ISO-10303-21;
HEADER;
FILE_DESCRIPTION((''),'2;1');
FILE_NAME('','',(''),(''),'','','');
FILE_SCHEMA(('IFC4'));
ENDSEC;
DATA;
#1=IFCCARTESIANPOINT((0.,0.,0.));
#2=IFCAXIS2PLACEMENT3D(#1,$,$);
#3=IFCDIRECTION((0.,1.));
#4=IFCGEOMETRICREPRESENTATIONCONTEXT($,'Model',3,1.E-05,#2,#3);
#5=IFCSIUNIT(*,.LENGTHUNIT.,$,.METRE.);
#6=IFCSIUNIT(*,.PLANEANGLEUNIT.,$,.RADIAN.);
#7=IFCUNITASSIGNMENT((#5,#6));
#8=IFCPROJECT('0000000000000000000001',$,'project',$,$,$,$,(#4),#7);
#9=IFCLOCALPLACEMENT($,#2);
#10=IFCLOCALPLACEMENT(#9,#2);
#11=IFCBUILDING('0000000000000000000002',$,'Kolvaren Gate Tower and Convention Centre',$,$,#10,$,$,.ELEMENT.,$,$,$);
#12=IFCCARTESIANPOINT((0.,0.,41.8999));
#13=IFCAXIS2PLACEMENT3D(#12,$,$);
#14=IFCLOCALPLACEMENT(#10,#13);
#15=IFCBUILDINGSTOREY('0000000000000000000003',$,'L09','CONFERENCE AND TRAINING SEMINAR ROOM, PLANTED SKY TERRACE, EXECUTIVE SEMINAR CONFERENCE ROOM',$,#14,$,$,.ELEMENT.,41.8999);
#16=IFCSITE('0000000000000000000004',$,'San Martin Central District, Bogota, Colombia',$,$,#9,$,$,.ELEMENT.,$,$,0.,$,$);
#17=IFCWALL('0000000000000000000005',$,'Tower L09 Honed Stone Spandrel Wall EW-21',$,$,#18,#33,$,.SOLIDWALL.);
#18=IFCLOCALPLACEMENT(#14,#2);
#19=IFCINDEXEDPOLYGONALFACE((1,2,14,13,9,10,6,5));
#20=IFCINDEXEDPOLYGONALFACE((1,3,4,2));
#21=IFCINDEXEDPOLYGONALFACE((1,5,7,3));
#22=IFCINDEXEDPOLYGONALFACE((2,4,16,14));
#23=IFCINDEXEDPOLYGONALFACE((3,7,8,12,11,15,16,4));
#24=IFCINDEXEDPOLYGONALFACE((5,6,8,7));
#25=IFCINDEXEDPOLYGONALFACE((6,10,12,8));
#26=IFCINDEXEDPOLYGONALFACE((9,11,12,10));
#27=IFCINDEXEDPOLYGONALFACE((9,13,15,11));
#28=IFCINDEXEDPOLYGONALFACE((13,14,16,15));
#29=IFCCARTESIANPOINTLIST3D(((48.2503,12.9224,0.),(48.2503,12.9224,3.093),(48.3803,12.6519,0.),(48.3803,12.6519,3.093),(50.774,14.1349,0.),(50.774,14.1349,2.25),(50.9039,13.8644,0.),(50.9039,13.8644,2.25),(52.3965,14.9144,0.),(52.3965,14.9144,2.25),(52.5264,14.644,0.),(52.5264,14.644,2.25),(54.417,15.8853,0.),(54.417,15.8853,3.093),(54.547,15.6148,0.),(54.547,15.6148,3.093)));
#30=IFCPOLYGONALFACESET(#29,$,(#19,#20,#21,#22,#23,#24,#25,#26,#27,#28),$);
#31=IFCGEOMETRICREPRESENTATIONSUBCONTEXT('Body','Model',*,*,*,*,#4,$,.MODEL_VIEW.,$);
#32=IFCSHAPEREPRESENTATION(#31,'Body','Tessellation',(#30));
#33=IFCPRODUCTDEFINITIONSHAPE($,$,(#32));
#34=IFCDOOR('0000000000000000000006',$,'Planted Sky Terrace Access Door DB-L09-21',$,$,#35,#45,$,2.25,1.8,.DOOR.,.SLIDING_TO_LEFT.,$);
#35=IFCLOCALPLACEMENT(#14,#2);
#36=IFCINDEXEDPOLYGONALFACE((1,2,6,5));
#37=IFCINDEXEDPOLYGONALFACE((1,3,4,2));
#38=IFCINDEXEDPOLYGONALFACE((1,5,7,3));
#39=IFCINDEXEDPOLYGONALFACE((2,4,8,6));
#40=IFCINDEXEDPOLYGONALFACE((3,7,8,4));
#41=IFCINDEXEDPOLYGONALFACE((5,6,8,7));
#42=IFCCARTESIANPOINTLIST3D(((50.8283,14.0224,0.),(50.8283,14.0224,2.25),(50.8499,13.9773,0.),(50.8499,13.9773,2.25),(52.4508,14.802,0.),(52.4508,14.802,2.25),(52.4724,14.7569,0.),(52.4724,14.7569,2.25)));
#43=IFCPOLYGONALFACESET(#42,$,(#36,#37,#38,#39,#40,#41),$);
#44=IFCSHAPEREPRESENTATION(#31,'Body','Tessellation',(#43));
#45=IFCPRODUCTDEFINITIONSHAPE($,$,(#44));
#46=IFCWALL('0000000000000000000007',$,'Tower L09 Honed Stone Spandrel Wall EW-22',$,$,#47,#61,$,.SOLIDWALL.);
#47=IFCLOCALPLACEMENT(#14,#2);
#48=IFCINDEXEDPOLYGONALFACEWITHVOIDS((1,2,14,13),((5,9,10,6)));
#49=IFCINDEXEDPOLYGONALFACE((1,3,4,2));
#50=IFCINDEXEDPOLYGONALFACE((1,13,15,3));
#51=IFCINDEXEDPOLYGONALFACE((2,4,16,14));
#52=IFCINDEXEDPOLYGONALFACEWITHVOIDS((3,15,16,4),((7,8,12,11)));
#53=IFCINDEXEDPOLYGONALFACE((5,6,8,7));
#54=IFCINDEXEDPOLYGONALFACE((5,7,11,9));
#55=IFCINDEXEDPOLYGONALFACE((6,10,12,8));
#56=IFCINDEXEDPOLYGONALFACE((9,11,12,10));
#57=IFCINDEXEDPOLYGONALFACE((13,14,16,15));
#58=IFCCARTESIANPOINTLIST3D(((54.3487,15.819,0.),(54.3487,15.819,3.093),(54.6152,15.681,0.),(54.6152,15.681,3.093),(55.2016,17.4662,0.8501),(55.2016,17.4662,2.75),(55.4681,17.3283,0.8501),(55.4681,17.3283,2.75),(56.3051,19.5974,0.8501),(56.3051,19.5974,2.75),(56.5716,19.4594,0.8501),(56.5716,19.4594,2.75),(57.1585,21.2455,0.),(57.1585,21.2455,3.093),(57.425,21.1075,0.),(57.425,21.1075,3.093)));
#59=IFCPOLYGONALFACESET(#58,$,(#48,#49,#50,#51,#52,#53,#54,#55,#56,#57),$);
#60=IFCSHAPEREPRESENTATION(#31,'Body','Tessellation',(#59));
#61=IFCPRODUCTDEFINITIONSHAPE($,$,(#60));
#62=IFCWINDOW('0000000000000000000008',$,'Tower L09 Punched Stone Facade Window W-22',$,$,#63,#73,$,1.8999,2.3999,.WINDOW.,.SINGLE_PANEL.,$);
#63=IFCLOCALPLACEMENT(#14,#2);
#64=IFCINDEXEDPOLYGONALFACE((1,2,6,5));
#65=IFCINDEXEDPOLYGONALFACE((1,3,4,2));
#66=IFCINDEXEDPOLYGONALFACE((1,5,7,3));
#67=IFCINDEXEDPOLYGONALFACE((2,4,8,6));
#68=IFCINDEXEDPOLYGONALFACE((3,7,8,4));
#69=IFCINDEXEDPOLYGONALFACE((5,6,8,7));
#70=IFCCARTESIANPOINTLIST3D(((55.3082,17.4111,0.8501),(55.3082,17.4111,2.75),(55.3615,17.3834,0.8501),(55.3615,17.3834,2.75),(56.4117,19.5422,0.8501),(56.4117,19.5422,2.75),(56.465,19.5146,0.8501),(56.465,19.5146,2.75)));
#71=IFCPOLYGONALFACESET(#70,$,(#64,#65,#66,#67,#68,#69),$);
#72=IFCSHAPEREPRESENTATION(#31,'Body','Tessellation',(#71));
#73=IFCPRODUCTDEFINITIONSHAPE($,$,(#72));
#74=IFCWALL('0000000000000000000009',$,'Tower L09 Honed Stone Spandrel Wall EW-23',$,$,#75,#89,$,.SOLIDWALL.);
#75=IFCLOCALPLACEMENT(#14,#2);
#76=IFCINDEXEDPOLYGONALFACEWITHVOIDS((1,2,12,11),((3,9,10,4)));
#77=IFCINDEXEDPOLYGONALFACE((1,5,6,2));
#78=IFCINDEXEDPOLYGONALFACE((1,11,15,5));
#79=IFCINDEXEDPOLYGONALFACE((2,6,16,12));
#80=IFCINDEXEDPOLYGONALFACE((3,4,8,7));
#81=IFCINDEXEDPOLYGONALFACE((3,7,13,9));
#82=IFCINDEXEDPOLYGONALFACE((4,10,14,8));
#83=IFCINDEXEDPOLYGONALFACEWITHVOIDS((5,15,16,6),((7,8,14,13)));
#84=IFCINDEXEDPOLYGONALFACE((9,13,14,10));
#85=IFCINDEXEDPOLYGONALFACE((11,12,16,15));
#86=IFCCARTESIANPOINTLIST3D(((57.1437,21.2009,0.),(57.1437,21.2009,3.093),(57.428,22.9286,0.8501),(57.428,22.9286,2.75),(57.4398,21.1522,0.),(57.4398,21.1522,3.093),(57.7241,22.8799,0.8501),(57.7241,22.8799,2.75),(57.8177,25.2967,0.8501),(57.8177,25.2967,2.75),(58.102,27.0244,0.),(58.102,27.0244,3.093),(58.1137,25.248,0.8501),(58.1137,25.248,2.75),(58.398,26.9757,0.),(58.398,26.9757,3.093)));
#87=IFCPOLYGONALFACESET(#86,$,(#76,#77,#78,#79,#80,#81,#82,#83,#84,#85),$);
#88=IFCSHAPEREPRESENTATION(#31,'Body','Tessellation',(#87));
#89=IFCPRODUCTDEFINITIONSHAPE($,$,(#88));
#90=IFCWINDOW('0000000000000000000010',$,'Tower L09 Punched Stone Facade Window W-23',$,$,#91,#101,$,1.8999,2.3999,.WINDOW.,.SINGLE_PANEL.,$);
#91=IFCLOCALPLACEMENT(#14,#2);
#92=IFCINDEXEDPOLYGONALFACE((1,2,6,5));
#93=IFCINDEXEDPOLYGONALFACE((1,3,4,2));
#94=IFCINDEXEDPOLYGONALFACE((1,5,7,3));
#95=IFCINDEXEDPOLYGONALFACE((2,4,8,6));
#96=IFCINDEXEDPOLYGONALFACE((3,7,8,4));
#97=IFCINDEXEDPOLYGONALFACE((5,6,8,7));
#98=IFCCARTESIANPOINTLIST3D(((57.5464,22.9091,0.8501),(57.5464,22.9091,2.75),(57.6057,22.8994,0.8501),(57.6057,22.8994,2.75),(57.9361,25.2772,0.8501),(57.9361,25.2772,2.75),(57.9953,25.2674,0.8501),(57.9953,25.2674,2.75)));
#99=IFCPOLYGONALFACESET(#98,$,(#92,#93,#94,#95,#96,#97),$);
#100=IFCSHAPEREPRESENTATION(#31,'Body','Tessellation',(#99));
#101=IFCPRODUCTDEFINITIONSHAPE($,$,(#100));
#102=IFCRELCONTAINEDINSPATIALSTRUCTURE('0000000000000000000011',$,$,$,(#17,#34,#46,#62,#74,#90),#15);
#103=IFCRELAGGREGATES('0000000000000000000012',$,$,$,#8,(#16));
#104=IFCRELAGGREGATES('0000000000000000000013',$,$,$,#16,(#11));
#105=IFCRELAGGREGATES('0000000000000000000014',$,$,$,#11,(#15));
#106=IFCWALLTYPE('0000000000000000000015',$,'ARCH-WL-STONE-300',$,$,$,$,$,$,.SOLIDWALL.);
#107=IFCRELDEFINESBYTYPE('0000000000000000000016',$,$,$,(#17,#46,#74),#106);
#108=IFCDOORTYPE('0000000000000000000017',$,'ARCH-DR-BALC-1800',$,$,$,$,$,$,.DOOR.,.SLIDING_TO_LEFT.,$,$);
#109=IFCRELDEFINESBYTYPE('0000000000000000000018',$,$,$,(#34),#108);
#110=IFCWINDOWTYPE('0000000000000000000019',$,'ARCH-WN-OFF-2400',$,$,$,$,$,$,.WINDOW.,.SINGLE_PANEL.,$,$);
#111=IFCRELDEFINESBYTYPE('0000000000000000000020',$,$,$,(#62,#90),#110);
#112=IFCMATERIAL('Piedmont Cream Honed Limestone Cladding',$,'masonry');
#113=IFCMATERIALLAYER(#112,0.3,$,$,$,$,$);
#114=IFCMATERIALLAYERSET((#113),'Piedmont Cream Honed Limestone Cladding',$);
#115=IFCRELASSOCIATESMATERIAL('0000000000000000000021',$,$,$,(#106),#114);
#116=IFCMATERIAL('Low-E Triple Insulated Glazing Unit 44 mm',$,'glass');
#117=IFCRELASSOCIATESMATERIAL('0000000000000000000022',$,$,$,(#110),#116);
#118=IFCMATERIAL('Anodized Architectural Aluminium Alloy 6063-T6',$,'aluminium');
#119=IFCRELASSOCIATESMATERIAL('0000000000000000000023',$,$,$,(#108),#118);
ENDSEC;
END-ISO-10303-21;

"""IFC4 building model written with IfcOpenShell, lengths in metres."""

from ifc_helpers import new_model, si_unit, direction, frame, frame_2d, origin, place, context, subcontext, project, spatial, rectangle, extrude, material, layer, layer_set, type_object, element, fill, save


model = new_model("IFC4")

# Units and contexts
model_context = context("Model", 3, precision=1e-05, world=origin(), true_north=direction((0.0, 1.0)))
body_context = subcontext(model_context, "Body", "Model", "MODEL_VIEW")
ifc_project = project(units=[si_unit("LENGTHUNIT", "METRE"), si_unit("PLANEANGLEUNIT", "RADIAN")], contexts=[model_context])

# Site, building, storey
site_placement = place(None, origin())
site = spatial("IfcSite", under=ifc_project, at=site_placement, Name="San Martin Central District, Bogota, Colombia", CompositionType="ELEMENT", RefElevation=0.0)
building_placement = place(site_placement, origin())
building = spatial("IfcBuilding", under=site, at=building_placement, Name="Kolvaren Gate Tower and Convention Centre", CompositionType="ELEMENT")
storey_placement = place(building_placement, frame((0.0, 0.0, 41.8999)))
storey = spatial("IfcBuildingStorey", under=building, at=storey_placement, Name="L09", Description="CONFERENCE AND TRAINING SEMINAR ROOM, PLANTED SKY TERRACE, EXECUTIVE SEMINAR CONFERENCE ROOM", CompositionType="ELEMENT", Elevation=41.8999)

# Shared definitions
ifc_material_1 = material(Name="Piedmont Cream Honed Limestone Cladding", Category="masonry")

# Shared definitions
ifc_layer_1 = layer(ifc_material_1, 0.3)
ifc_layer_set_1 = layer_set([ifc_layer_1], Name="Piedmont Cream Honed Limestone Cladding")
wall_type_1 = type_object("IfcWallType", Name="ARCH-WL-STONE-300", PredefinedType="SOLIDWALL", material=ifc_layer_set_1)
ifc_material_2 = material(Name="Low-E Triple Insulated Glazing Unit 44 mm", Category="glass")
window_type = type_object("IfcWindowType", Name="ARCH-WN-OFF-2400", PartitioningType="SINGLE_PANEL", PredefinedType="WINDOW", material=ifc_material_2)

# Wall, opening, door
wall_1_placement = place(storey_placement, frame((48.3152, 12.7871, 0.0), z_axis=(0.0, 0.0, 1.0), x_axis=(0.90136, 0.43307, 0.0)))
wall_1 = element("IfcWall", 1, at=wall_1_placement, inside=storey, type_object=wall_type_1, Name="Tower L09 Honed Stone Spandrel Wall EW-21", PredefinedType="SOLIDWALL", context=body_context, shape_type="SweptSolid", body=[
    extrude(rectangle(XDim=6.8416, YDim=0.3, at=frame_2d((3.4209, 0.0))), origin(), (0.0, 0.0, 1.0), 3.093),
])
opening_1_placement = place(wall_1_placement, frame((2.8, 0.0, 0.0)))
opening_1 = element("IfcOpeningElement", 2, at=opening_1_placement, cuts=wall_1, PredefinedType="OPENING", context=body_context, shape_type="SweptSolid", body=[
    extrude(rectangle(XDim=1.8, YDim=2.25, at=frame_2d((0.8999, 1.125))), frame((0.0, 0.1599, 0.0), z_axis=(0.0, -1.0, 0.0), x_axis=(1.0, 0.0, 0.0)), (0.0, 0.0, 1.0), 0.3201),
])
ifc_material_3 = material(Name="Anodized Architectural Aluminium Alloy 6063-T6", Category="aluminium")
door_type_1 = type_object("IfcDoorType", Name="ARCH-DR-BALC-1800", OperationType="SLIDING_TO_LEFT", PredefinedType="DOOR", material=ifc_material_3)
door_1_placement = place(opening_1_placement, frame((1.8, 0.0, 0.0), z_axis=(0.0, 0.0, 1.0), x_axis=(-1.0, 0.0, 0.0)))
door_1 = element("IfcDoor", 3, at=door_1_placement, inside=storey, type_object=door_type_1, Name="Planted Sky Terrace Access Door DB-L09-21", OperationType="SLIDING_TO_LEFT", OverallHeight=2.25, OverallWidth=1.8, PredefinedType="DOOR", context=body_context, shape_type="SweptSolid", body=[
    extrude(rectangle(XDim=1.8, YDim=2.25, at=frame_2d((0.8999, 1.125))), frame((0.0, 0.0249, 0.0), z_axis=(0.0, -1.0, 0.0), x_axis=(1.0, 0.0, 0.0)), (0.0, 0.0, 1.0), 0.05),
])
fill(opening_1, door_1)

# Walls, openings, windows
wall_2_placement = place(storey_placement, frame((54.4819, 15.75, 0.0), z_axis=(0.0, 0.0, 1.0), x_axis=(0.45981, 0.888017, 0.0)))
wall_2 = element("IfcWall", 4, at=wall_2_placement, inside=storey, type_object=wall_type_1, Name="Tower L09 Honed Stone Spandrel Wall EW-22", PredefinedType="SOLIDWALL", context=body_context, shape_type="SweptSolid", body=[
    extrude(rectangle(XDim=6.1108, YDim=0.3, at=frame_2d((3.0554, 0.0))), origin(), (0.0, 0.0, 1.0), 3.093),
])
opening_2_placement = place(wall_2_placement, frame((1.855, 0.0, 0.8501)))
opening_2 = element("IfcOpeningElement", 5, at=opening_2_placement, cuts=wall_2, PredefinedType="OPENING", context=body_context, shape_type="SweptSolid", body=[
    extrude(rectangle(XDim=2.3999, YDim=1.8999, at=frame_2d((1.2, 0.95))), frame((0.0, 0.1599, 0.0), z_axis=(0.0, -1.0, 0.0), x_axis=(1.0, 0.0, 0.0)), (0.0, 0.0, 1.0), 0.3201),
])
window_1_placement = place(opening_2_placement, origin())
window_1 = element("IfcWindow", 6, at=window_1_placement, inside=storey, type_object=window_type, Name="Tower L09 Punched Stone Facade Window W-22", OverallHeight=1.8999, OverallWidth=2.3999, PartitioningType="SINGLE_PANEL", PredefinedType="WINDOW", context=body_context, shape_type="SweptSolid", body=[
    extrude(rectangle(XDim=2.3999, YDim=1.8999, at=frame_2d((1.2, 0.95))), frame((0.0, 0.03, 0.0), z_axis=(0.0, -1.0, 0.0), x_axis=(1.0, 0.0, 0.0)), (0.0, 0.0, 1.0), 0.0601),
])
fill(opening_2, window_1)
wall_3_placement = place(storey_placement, frame((57.2917, 21.1765, 0.0), z_axis=(0.0, 0.0, 1.0), x_axis=(0.162366, 0.986731, 0.0)))
wall_3 = element("IfcWall", 7, at=wall_3_placement, inside=storey, type_object=wall_type_1, Name="Tower L09 Honed Stone Spandrel Wall EW-23", PredefinedType="SOLIDWALL", context=body_context, shape_type="SweptSolid", body=[
    extrude(rectangle(XDim=5.9019, YDim=0.3, at=frame_2d((2.9509, 0.0))), origin(), (0.0, 0.0, 1.0), 3.093),
])
opening_3_placement = place(wall_3_placement, frame((1.751, 0.0, 0.8501)))
opening_3 = element("IfcOpeningElement", 8, at=opening_3_placement, cuts=wall_3, PredefinedType="OPENING", context=body_context, shape_type="SweptSolid", body=[
    extrude(rectangle(XDim=2.3999, YDim=1.8999, at=frame_2d((1.2, 0.95))), frame((0.0, 0.1599, 0.0), z_axis=(0.0, -1.0, 0.0), x_axis=(1.0, 0.0, 0.0)), (0.0, 0.0, 1.0), 0.3201),
])
window_2_placement = place(opening_3_placement, origin())
window_2 = element("IfcWindow", 9, at=window_2_placement, inside=storey, type_object=window_type, Name="Tower L09 Punched Stone Facade Window W-23", OverallHeight=1.8999, OverallWidth=2.3999, PartitioningType="SINGLE_PANEL", PredefinedType="WINDOW", context=body_context, shape_type="SweptSolid", body=[
    extrude(rectangle(XDim=2.3999, YDim=1.8999, at=frame_2d((1.2, 0.95))), frame((0.0, 0.03, 0.0), z_axis=(0.0, -1.0, 0.0), x_axis=(1.0, 0.0, 0.0)), (0.0, 0.0, 1.0), 0.0601),
])
fill(opening_3, window_2)

save(model, "model.ifc")
